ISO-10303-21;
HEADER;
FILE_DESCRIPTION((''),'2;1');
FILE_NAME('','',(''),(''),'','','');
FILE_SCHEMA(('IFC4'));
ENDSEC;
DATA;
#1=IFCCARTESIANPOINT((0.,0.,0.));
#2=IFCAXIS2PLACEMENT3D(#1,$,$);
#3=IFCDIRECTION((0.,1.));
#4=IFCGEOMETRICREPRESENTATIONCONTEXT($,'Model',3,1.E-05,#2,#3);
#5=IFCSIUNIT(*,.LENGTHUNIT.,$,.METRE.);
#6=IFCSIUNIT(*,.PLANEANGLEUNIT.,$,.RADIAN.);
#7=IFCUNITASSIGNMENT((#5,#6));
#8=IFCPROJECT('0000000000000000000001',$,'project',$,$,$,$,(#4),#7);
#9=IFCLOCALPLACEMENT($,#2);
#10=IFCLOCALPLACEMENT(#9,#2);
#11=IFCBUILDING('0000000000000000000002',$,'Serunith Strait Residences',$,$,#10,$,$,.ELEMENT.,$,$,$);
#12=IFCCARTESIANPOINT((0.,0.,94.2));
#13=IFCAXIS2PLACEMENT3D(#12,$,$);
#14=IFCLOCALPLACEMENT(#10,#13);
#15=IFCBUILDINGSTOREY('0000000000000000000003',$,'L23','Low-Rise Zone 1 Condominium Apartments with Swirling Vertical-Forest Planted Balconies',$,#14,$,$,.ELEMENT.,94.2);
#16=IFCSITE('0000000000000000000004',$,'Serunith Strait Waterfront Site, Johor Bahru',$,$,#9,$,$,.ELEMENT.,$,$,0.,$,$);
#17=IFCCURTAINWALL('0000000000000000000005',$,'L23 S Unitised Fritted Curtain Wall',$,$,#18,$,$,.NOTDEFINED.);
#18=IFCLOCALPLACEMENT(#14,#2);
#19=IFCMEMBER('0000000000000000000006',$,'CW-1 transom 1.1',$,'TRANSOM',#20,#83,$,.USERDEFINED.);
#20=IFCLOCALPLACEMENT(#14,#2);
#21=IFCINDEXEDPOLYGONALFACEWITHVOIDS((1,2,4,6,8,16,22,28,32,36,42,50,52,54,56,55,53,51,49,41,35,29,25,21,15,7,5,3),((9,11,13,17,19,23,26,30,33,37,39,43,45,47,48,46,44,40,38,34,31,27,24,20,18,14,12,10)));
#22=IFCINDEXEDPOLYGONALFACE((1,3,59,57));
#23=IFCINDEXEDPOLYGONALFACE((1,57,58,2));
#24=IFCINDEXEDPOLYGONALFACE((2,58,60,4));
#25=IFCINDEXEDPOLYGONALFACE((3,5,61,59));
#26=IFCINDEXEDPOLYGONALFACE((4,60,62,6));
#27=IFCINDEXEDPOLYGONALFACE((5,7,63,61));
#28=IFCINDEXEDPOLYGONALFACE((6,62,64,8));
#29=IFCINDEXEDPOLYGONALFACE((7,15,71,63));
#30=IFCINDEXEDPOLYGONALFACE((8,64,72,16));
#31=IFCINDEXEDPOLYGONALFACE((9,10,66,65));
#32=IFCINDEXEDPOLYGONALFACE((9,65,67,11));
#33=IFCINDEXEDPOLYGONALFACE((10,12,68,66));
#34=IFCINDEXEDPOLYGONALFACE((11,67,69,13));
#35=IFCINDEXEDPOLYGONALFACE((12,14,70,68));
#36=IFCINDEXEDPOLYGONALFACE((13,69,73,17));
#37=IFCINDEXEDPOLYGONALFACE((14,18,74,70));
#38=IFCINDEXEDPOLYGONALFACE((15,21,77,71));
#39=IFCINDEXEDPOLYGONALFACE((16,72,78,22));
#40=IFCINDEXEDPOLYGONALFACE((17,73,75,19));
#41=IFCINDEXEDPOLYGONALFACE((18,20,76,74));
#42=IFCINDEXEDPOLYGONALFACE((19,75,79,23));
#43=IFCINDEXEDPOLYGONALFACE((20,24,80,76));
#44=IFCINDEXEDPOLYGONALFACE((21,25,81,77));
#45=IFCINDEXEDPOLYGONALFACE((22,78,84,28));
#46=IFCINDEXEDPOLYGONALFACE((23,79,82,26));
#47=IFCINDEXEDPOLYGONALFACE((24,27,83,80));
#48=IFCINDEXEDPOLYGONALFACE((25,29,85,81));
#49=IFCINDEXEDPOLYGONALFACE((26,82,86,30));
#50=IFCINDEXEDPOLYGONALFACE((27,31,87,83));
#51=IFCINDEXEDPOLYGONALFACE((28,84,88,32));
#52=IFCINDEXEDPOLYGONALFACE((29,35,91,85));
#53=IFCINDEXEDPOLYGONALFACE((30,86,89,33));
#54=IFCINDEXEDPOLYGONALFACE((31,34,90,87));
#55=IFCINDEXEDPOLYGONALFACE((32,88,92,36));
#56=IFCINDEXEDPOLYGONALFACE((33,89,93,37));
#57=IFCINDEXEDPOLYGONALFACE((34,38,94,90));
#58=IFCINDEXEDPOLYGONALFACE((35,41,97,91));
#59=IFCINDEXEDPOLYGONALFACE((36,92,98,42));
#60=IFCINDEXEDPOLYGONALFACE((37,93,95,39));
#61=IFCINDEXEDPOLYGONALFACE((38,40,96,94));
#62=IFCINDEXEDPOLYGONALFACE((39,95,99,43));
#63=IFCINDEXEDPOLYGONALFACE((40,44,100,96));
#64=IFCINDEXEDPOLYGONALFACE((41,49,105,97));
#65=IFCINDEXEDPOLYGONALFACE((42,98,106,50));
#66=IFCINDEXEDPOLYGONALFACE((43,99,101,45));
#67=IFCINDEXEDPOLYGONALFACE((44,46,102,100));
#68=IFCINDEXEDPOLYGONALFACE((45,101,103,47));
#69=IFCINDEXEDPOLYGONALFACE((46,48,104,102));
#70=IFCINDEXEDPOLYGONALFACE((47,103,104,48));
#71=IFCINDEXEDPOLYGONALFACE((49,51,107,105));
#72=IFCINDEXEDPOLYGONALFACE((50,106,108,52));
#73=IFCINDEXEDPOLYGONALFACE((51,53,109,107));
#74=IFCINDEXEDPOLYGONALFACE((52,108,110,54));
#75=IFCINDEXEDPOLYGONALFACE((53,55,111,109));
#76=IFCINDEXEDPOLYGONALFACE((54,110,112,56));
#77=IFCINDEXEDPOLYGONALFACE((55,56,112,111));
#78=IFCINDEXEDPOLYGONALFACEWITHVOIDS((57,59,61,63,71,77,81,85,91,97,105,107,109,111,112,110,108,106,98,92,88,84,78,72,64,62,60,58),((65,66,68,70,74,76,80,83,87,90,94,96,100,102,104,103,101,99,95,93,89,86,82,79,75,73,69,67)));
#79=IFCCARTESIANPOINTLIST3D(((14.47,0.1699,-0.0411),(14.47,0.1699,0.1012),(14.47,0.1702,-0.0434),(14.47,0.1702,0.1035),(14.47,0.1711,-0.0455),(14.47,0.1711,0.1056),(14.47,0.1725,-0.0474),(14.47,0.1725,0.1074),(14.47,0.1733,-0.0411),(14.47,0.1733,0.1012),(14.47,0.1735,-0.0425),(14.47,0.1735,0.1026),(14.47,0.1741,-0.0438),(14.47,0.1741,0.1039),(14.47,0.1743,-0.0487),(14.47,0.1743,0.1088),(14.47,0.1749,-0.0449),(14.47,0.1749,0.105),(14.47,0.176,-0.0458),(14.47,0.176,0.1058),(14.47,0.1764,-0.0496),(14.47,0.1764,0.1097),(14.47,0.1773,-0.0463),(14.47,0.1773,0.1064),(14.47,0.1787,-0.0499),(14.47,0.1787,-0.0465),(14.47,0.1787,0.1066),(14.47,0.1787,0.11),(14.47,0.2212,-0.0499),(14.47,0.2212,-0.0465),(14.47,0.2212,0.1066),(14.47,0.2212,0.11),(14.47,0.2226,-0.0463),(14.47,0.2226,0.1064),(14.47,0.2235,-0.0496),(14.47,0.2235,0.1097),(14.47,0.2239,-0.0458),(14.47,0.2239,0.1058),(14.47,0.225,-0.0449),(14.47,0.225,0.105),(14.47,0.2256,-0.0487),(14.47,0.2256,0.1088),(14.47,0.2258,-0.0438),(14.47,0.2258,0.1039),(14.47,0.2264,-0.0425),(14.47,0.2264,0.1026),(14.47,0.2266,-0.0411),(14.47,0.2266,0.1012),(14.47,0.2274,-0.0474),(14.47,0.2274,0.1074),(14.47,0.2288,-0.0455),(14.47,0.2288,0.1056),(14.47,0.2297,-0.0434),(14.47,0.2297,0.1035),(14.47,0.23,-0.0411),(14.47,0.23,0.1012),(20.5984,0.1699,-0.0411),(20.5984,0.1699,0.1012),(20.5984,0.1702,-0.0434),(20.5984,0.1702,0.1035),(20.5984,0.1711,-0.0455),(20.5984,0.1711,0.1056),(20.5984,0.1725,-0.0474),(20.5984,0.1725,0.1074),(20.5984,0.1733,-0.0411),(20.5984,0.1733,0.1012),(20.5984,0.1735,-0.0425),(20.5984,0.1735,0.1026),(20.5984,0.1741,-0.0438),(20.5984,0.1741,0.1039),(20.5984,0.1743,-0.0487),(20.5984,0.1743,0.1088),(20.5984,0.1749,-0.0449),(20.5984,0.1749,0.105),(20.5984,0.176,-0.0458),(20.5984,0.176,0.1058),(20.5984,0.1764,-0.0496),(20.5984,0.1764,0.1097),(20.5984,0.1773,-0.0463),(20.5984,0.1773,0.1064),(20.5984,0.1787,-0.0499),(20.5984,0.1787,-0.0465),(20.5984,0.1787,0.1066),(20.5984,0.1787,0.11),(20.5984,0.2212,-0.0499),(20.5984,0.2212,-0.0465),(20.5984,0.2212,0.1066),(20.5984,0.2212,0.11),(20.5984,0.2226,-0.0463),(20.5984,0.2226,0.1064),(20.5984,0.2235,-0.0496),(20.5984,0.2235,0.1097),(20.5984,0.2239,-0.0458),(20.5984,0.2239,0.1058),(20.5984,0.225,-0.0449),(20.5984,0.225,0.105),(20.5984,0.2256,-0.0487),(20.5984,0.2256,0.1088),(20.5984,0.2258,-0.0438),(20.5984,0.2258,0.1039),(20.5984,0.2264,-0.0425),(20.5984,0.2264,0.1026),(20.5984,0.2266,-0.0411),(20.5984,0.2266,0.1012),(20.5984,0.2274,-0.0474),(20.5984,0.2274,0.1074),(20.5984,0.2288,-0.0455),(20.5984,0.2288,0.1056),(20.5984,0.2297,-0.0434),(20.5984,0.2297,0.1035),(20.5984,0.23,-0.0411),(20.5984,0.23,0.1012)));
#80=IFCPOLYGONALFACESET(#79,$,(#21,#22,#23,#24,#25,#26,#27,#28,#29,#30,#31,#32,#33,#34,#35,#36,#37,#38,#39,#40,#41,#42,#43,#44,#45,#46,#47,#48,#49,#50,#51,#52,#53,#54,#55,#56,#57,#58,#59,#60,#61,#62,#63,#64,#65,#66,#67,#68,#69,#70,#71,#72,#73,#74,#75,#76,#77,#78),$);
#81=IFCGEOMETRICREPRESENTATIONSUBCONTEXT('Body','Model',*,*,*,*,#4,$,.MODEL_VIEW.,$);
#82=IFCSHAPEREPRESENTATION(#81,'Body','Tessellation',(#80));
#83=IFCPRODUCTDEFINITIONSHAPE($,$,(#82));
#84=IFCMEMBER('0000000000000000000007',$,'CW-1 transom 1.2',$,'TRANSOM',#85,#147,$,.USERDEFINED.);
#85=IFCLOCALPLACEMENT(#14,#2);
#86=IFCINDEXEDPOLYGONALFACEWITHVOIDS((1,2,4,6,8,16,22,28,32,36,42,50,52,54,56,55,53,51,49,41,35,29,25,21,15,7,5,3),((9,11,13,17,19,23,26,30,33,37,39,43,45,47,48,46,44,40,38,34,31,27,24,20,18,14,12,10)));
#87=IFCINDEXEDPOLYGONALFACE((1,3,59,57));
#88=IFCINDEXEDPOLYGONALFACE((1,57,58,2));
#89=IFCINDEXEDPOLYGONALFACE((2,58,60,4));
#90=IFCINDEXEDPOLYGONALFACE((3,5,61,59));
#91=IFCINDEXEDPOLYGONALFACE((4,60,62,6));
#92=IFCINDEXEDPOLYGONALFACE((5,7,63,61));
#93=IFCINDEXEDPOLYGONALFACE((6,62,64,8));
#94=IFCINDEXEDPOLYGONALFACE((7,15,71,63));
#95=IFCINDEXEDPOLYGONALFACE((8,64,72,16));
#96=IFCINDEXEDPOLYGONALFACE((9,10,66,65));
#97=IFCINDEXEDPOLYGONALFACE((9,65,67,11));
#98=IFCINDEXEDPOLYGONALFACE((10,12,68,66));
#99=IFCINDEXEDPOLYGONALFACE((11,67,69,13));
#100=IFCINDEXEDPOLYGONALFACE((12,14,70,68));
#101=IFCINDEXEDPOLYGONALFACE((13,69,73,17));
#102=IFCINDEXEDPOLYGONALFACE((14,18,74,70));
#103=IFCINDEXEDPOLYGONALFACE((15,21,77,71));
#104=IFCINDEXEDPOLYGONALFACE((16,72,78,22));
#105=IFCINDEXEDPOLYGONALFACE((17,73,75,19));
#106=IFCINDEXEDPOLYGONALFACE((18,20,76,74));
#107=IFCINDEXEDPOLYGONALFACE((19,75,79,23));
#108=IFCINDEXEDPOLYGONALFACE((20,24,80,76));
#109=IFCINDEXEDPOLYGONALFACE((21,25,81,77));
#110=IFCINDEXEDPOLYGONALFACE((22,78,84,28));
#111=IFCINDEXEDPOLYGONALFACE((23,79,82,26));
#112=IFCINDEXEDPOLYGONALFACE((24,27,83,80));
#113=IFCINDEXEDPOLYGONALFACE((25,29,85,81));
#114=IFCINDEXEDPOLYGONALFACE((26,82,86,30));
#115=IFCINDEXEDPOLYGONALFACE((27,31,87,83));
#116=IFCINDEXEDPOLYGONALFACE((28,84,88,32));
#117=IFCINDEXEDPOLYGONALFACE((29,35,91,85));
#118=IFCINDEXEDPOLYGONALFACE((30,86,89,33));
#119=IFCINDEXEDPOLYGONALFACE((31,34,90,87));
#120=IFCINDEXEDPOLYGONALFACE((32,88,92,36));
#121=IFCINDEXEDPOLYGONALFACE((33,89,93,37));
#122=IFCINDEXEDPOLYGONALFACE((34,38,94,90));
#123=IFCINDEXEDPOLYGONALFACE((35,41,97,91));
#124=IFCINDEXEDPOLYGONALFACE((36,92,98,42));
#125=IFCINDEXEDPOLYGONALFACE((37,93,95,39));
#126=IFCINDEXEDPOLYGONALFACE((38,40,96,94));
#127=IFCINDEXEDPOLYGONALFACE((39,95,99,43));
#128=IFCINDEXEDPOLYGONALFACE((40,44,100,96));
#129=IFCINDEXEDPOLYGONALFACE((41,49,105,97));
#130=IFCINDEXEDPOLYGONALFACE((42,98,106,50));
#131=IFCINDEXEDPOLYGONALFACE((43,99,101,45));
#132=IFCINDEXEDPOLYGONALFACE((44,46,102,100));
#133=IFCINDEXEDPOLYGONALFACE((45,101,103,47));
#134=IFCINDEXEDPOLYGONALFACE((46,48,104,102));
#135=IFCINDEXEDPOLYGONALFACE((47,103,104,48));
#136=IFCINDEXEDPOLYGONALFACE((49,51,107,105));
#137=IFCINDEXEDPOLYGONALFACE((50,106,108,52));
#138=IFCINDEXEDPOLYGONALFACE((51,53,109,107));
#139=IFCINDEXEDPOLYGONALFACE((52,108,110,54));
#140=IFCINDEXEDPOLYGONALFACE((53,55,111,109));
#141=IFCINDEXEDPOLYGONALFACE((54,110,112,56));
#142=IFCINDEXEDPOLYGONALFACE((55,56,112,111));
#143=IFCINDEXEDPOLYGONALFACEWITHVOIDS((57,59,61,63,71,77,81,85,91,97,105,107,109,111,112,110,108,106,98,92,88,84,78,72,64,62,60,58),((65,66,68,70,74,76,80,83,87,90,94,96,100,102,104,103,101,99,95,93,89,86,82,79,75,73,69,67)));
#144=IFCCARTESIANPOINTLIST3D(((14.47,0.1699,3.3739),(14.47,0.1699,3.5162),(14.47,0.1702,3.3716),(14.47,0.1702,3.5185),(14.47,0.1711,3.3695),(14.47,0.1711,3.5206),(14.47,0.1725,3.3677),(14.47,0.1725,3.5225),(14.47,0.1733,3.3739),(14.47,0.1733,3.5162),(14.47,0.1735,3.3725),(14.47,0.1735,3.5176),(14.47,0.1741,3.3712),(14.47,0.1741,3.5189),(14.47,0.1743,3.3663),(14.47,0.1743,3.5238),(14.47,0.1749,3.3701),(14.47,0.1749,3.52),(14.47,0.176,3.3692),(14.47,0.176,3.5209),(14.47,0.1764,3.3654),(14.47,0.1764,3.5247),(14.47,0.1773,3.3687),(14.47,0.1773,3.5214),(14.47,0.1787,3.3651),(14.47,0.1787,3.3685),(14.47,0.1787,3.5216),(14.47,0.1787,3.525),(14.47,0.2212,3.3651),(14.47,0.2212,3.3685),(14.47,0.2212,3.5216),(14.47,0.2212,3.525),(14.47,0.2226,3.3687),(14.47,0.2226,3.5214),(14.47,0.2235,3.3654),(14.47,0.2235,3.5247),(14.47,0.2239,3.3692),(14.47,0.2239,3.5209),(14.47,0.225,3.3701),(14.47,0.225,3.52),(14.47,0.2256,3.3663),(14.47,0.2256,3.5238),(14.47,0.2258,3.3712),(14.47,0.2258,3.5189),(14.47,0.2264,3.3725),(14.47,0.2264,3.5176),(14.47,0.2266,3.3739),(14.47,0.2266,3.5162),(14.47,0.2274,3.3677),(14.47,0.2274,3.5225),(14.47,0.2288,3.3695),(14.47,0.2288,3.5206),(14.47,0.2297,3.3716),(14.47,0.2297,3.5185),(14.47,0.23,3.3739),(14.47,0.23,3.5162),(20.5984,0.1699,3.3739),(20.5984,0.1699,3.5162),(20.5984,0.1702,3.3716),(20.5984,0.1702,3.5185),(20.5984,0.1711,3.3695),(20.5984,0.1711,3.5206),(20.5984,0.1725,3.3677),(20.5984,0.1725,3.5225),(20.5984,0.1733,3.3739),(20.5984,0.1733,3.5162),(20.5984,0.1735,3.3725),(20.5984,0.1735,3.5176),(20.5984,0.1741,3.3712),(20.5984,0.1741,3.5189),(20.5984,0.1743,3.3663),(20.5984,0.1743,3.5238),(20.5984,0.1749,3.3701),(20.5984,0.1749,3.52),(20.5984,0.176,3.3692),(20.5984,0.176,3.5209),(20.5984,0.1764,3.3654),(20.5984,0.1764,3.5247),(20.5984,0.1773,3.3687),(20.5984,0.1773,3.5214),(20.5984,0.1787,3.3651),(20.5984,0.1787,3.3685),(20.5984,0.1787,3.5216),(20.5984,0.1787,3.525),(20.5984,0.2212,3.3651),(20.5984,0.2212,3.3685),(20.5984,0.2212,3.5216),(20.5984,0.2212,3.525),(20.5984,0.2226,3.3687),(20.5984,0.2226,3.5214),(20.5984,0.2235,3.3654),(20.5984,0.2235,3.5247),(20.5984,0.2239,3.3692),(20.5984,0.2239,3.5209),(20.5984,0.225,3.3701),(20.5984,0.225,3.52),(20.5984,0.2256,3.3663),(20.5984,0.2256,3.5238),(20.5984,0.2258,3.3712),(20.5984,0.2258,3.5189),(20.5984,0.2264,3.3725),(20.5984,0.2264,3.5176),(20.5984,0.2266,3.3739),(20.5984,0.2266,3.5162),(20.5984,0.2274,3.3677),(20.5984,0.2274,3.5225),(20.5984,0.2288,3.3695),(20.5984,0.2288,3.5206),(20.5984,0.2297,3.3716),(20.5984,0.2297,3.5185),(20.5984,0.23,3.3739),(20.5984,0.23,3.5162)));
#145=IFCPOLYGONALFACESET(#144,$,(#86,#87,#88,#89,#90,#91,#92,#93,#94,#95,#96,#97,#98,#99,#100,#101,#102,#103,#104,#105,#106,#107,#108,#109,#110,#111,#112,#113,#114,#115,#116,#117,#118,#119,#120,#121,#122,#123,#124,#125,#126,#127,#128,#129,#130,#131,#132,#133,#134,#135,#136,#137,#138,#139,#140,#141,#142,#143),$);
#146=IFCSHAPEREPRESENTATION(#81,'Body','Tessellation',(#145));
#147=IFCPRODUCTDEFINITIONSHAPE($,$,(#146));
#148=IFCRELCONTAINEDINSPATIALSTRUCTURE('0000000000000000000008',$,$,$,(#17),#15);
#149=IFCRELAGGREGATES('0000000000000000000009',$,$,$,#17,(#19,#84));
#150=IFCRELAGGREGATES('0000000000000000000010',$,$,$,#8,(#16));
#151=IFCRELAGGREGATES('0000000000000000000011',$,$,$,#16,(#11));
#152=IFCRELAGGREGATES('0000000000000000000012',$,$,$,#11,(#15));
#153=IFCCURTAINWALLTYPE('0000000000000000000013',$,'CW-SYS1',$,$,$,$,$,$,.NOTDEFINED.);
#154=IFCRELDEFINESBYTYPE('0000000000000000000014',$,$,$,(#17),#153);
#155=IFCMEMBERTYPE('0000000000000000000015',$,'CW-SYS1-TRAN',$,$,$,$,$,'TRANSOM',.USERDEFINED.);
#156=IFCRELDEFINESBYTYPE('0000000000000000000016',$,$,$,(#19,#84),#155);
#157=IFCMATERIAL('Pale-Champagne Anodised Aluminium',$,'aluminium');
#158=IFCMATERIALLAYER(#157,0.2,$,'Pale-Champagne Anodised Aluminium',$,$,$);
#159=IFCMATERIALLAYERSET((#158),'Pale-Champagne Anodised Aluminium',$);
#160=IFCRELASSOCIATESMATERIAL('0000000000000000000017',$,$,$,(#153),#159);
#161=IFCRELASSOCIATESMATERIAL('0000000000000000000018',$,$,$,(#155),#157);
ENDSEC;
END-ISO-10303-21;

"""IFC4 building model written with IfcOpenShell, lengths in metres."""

from ifc_helpers import new_model, si_unit, direction, frame, origin, origin_2d, place, context, subcontext, project, spatial, hollow_rectangle, extrude, source, transform, mapped, material, layer, layer_set, material_profile, profile_set, type_object, element, aggregate, save


model = new_model("IFC4")

# Units and contexts
model_context = context("Model", 3, precision=1e-05, world=origin(), true_north=direction((0.0, 1.0)))
body_context = subcontext(model_context, "Body", "Model", "MODEL_VIEW")
ifc_project = project(units=[si_unit("LENGTHUNIT", "METRE"), si_unit("PLANEANGLEUNIT", "RADIAN")], contexts=[model_context])

# Site, building, storey
site_placement = place(None, origin())
site = spatial("IfcSite", under=ifc_project, at=site_placement, Name="Serunith Strait Waterfront Site, Johor Bahru", CompositionType="ELEMENT", RefElevation=0.0)
building_placement = place(site_placement, origin())
building = spatial("IfcBuilding", under=site, at=building_placement, Name="Serunith Strait Residences", CompositionType="ELEMENT")
storey_placement = place(building_placement, frame((0.0, 0.0, 94.2)))
storey = spatial("IfcBuildingStorey", under=building, at=storey_placement, Name="L23", Description="Low-Rise Zone 1 Condominium Apartments with Swirling Vertical-Forest Planted Balconies", CompositionType="ELEMENT", Elevation=94.2)

# Curtain wall
ifc_material_1 = material(Name="Pale-Champagne Anodised Aluminium", Category="aluminium")
ifc_layer_1 = layer(ifc_material_1, 0.2, Name="Pale-Champagne Anodised Aluminium")
ifc_layer_set_1 = layer_set([ifc_layer_1], Name="Pale-Champagne Anodised Aluminium")
curtain_wall_type = type_object("IfcCurtainWallType", Name="CW-SYS1", PredefinedType="NOTDEFINED", material=ifc_layer_set_1)
curtain_wall_1_placement = place(storey_placement, origin())
curtain_wall_1 = element("IfcCurtainWall", 1, at=curtain_wall_1_placement, inside=storey, type_object=curtain_wall_type, Name="L23 S Unitised Fritted Curtain Wall", PredefinedType="NOTDEFINED")

# Members
ifc_material_profile_1 = material_profile(ifc_material_1, hollow_rectangle(XDim=0.0601, YDim=0.1599, WallThickness=0.0034, InnerFilletRadius=0.0054, OuterFilletRadius=0.0088, at=origin_2d()), Name="ALU 160x60x3.5")
ifc_profile_set_1 = profile_set([ifc_material_profile_1], Name="Pale-Champagne Anodised Aluminium")
member_type_1 = type_object("IfcMemberType", Name="CW-SYS1-TRAN", ElementType="TRANSOM", PredefinedType="USERDEFINED", material=ifc_profile_set_1)
shared_shape_1 = source(origin(), body_context, "Body", "SweptSolid", [
    extrude(hollow_rectangle(XDim=0.0601, YDim=0.1599, WallThickness=0.0034, InnerFilletRadius=0.0054, OuterFilletRadius=0.0088, at=origin_2d()), origin(), (0.0, 0.0, 1.0), 6.1284),
])
member_1_placement = place(storey_placement, frame((14.47, 0.2, 0.03), z_axis=(1.0, 0.0, 0.0), x_axis=(0.0, 1.0, 0.0)))
member_1 = element("IfcMember", 2, at=member_1_placement, type_object=member_type_1, Name="CW-1 transom 1.1", ObjectType="TRANSOM", PredefinedType="USERDEFINED", context=body_context, shape_type="MappedRepresentation", body=[
    mapped(shared_shape_1, transform((0.0, 0.0, 0.0), scale=1.0)),
])
member_2_placement = place(storey_placement, frame((14.47, 0.2, 3.4451), z_axis=(1.0, 0.0, 0.0), x_axis=(0.0, 1.0, 0.0)))
member_2 = element("IfcMember", 3, at=member_2_placement, type_object=member_type_1, Name="CW-1 transom 1.2", ObjectType="TRANSOM", PredefinedType="USERDEFINED", context=body_context, shape_type="MappedRepresentation", body=[
    mapped(shared_shape_1, transform((0.0, 0.0, 0.0), scale=1.0)),
])

aggregate(curtain_wall_1, [member_1, member_2])

save(model, "model.ifc")
